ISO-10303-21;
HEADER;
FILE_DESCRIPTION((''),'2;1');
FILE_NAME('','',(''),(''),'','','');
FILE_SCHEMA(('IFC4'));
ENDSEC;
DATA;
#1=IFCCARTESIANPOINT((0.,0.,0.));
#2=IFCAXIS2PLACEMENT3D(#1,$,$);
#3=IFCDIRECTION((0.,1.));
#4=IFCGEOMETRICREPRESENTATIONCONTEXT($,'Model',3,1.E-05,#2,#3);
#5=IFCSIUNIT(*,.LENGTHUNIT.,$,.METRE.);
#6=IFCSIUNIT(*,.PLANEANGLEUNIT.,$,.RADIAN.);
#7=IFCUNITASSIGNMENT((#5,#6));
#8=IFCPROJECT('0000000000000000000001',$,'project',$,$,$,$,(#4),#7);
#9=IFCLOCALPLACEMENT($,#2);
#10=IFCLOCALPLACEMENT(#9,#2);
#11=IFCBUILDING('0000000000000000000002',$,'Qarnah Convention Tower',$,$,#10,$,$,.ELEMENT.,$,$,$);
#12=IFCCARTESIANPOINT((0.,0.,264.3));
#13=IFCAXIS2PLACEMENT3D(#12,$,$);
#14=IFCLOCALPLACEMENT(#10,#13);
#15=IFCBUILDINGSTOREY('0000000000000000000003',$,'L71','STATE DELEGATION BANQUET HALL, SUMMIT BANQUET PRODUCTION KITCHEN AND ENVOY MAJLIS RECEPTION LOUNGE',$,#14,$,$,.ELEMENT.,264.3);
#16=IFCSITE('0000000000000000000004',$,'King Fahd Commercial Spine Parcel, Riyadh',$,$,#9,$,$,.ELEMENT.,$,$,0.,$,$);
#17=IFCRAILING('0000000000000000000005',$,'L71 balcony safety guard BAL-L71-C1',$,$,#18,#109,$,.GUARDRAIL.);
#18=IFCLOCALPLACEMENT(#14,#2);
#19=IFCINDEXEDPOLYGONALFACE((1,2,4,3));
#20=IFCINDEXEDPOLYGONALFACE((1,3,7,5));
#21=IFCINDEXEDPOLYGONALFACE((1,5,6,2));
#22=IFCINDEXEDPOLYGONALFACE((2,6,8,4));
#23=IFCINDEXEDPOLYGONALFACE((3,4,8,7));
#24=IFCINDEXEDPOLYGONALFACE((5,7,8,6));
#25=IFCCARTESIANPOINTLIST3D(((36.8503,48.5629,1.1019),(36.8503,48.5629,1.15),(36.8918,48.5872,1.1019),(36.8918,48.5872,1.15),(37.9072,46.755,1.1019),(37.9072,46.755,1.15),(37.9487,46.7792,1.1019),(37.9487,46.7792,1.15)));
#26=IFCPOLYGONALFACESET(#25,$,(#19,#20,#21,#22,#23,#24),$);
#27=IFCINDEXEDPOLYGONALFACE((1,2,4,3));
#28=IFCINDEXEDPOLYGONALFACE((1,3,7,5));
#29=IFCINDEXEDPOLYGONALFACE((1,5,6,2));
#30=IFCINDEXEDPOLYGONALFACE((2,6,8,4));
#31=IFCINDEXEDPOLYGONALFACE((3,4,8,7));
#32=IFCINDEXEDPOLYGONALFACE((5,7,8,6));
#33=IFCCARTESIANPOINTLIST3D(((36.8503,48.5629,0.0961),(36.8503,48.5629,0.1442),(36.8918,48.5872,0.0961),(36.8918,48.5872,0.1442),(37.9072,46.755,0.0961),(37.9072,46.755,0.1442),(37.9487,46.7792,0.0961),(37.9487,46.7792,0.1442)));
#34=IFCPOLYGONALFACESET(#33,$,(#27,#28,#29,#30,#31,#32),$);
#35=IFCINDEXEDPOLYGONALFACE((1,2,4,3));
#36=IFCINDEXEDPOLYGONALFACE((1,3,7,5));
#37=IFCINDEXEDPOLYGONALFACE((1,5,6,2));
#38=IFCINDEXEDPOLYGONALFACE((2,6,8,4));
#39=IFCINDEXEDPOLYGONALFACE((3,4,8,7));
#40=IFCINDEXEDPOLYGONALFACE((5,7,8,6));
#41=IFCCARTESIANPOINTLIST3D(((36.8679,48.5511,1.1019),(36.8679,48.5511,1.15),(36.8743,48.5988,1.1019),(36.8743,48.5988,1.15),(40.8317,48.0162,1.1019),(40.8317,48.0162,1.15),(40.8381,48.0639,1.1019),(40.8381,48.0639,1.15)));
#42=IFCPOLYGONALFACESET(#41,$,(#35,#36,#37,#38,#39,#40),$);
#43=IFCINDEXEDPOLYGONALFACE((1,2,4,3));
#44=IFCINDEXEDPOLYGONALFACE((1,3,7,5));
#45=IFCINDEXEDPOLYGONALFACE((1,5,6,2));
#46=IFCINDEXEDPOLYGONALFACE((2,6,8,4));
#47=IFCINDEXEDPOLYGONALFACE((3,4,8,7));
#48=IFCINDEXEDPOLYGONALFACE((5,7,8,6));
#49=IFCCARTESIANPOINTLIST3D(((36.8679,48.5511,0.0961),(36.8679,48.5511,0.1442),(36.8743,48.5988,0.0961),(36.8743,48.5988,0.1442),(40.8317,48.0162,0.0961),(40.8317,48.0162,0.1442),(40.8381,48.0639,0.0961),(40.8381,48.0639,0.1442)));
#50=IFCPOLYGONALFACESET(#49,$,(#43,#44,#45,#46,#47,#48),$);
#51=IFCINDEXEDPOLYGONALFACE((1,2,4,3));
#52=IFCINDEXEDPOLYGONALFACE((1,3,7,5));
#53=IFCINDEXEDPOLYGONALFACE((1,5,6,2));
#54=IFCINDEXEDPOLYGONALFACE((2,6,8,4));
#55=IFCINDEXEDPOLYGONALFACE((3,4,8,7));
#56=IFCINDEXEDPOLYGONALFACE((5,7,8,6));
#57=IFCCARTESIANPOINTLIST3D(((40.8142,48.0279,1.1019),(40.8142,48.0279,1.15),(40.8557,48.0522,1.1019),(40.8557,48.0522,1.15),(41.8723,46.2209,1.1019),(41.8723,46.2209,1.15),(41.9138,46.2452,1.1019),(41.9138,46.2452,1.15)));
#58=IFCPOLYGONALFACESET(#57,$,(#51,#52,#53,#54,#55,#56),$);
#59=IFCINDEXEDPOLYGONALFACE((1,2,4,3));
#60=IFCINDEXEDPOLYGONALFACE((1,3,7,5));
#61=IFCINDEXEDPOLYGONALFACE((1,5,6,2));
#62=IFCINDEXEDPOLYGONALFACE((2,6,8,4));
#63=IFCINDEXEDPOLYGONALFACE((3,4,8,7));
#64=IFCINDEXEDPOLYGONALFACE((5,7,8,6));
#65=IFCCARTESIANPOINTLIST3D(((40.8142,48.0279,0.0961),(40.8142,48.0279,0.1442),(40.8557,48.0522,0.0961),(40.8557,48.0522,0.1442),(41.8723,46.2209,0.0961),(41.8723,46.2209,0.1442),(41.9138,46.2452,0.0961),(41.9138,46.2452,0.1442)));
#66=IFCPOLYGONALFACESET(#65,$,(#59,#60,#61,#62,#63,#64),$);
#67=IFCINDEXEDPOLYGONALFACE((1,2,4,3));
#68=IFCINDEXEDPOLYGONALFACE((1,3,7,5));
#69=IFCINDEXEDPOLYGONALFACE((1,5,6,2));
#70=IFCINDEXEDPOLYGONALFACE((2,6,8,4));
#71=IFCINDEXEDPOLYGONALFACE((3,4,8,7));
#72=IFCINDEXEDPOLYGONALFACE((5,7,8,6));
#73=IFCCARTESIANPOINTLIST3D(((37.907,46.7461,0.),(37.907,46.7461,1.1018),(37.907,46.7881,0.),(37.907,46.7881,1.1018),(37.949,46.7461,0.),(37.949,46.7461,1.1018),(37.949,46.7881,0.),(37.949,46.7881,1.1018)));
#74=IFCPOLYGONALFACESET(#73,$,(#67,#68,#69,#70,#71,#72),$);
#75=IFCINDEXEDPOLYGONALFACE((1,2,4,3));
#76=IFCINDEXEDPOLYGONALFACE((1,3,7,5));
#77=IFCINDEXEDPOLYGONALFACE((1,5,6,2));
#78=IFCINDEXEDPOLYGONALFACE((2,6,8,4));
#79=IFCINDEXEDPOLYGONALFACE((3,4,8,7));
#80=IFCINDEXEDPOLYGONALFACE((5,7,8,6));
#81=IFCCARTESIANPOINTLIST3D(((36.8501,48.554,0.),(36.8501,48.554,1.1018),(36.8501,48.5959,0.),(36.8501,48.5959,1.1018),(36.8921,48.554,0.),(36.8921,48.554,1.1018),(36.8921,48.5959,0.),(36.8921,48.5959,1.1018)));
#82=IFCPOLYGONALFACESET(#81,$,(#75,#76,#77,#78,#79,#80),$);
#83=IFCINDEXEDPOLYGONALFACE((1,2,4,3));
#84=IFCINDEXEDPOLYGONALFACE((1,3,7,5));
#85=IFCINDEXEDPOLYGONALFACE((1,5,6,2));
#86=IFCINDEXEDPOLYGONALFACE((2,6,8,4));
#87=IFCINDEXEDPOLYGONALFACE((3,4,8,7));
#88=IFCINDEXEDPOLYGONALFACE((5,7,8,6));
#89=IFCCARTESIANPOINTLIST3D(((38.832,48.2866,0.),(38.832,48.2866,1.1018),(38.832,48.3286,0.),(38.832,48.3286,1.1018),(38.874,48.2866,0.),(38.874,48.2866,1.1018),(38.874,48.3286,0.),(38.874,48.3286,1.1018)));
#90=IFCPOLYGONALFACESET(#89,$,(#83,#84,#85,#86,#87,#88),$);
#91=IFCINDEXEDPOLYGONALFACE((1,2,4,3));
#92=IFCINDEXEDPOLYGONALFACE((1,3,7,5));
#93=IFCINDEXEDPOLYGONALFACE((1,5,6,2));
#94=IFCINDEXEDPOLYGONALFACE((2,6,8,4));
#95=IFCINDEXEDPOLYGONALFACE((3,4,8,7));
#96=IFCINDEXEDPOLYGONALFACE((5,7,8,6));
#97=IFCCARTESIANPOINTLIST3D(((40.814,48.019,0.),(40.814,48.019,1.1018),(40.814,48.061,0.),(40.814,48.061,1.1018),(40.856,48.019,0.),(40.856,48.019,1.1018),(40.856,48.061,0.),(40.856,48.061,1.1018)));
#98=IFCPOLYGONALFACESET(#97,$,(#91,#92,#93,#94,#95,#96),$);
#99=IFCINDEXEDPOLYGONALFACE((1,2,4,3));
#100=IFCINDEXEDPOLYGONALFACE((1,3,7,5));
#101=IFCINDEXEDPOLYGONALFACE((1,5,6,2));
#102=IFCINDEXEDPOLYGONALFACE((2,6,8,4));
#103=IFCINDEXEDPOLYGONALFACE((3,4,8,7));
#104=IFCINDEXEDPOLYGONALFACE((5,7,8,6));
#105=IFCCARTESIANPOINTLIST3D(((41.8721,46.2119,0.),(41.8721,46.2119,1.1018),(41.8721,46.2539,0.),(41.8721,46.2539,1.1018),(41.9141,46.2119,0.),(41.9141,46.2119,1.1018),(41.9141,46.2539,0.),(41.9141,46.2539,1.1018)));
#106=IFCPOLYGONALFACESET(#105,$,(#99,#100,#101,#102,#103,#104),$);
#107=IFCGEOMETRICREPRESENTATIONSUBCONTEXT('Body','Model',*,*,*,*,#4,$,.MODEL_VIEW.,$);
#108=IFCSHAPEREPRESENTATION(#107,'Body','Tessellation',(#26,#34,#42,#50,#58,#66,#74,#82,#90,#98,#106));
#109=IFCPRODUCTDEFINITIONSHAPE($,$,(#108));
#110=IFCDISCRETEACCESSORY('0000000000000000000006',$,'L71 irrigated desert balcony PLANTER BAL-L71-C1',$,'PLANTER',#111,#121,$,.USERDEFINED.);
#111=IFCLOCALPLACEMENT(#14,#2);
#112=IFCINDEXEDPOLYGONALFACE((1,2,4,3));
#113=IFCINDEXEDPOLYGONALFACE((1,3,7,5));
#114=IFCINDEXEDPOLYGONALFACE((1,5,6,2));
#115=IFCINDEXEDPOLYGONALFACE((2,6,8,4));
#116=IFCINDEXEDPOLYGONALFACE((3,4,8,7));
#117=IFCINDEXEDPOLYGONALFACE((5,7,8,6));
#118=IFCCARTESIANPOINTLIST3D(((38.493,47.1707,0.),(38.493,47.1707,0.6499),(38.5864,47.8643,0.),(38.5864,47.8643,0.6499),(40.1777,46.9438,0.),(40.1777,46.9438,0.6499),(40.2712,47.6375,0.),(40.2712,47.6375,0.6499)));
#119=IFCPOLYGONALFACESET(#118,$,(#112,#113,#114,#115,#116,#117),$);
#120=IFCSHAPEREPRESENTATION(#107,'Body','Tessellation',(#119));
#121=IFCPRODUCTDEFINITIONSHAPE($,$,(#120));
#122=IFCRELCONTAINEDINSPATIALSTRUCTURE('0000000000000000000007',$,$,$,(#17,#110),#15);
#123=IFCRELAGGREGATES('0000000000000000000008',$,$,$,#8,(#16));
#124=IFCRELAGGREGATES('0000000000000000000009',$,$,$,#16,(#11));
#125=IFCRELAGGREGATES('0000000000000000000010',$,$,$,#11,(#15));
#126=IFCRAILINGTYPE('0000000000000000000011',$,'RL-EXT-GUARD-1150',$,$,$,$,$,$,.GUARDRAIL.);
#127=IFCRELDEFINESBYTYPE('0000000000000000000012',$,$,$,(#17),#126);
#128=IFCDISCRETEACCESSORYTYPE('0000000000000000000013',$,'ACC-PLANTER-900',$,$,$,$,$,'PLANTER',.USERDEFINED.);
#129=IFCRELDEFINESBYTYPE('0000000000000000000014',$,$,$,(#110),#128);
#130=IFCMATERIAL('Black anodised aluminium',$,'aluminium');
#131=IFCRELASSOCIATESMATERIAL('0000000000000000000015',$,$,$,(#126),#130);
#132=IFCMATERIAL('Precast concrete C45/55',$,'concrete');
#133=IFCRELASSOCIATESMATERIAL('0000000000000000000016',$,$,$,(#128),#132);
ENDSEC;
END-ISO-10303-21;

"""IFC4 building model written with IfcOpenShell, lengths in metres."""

from ifc_helpers import new_model, si_unit, direction, frame, origin, origin_2d, place, context, subcontext, project, spatial, rectangle, extrude, material, type_object, element, save


model = new_model("IFC4")

# Units and contexts
model_context = context("Model", 3, precision=1e-05, world=origin(), true_north=direction((0.0, 1.0)))
body_context = subcontext(model_context, "Body", "Model", "MODEL_VIEW")
ifc_project = project(units=[si_unit("LENGTHUNIT", "METRE"), si_unit("PLANEANGLEUNIT", "RADIAN")], contexts=[model_context])

# Site, building, storey
site_placement = place(None, origin())
site = spatial("IfcSite", under=ifc_project, at=site_placement, Name="King Fahd Commercial Spine Parcel, Riyadh", CompositionType="ELEMENT", RefElevation=0.0)
building_placement = place(site_placement, origin())
building = spatial("IfcBuilding", under=site, at=building_placement, Name="Qarnah Convention Tower", CompositionType="ELEMENT")
storey_placement = place(building_placement, frame((0.0, 0.0, 264.3)))
storey = spatial("IfcBuildingStorey", under=building, at=storey_placement, Name="L71", Description="STATE DELEGATION BANQUET HALL, SUMMIT BANQUET PRODUCTION KITCHEN AND ENVOY MAJLIS RECEPTION LOUNGE", CompositionType="ELEMENT", Elevation=264.3)

# Shared definitions
ifc_material_1 = material(Name="Black anodised aluminium", Category="aluminium")

# Shared definitions
ifc_material_2 = material(Name="Precast concrete C45/55", Category="concrete")

# Railing
railing_type = type_object("IfcRailingType", Name="RL-EXT-GUARD-1150", PredefinedType="GUARDRAIL", material=ifc_material_1)
railing_1_placement = place(storey_placement, frame((37.928, 46.7671, 0.0)))
element("IfcRailing", 1, at=railing_1_placement, inside=storey, type_object=railing_type, Name="L71 balcony safety guard BAL-L71-C1", PredefinedType="GUARDRAIL", context=body_context, shape_type="SweptSolid", body=[
    extrude(rectangle(XDim=0.0481, YDim=0.0481, at=origin_2d()), frame((0.0, 0.0, 1.126), z_axis=(-0.50469, 0.863301, 0.0), x_axis=(-0.863301, -0.50469, 0.0)), (0.0, 0.0, 1.0), 2.0942),
    extrude(rectangle(XDim=0.0481, YDim=0.0481, at=origin_2d()), frame((0.0, 0.0, 0.1201), z_axis=(-0.50469, 0.863301, 0.0), x_axis=(-0.863301, -0.50469, 0.0)), (0.0, 0.0, 1.0), 2.0942),
    extrude(rectangle(XDim=0.0481, YDim=0.0481, at=origin_2d()), frame((-1.0569, 1.8079, 1.126), z_axis=(0.991017, -0.133735, 0.0), x_axis=(0.133735, 0.991017, 0.0)), (0.0, 0.0, 1.0), 3.9998),
    extrude(rectangle(XDim=0.0481, YDim=0.0481, at=origin_2d()), frame((-1.0569, 1.8079, 0.1201), z_axis=(0.991017, -0.133735, 0.0), x_axis=(0.133735, 0.991017, 0.0)), (0.0, 0.0, 1.0), 3.9998),
    extrude(rectangle(XDim=0.0481, YDim=0.0481, at=origin_2d()), frame((2.907, 1.2729, 1.126), z_axis=(0.505277, -0.862957, 0.0), x_axis=(0.862957, 0.505277, 0.0)), (0.0, 0.0, 1.0), 2.094),
    extrude(rectangle(XDim=0.0481, YDim=0.0481, at=origin_2d()), frame((2.907, 1.2729, 0.1201), z_axis=(0.505277, -0.862957, 0.0), x_axis=(0.862957, 0.505277, 0.0)), (0.0, 0.0, 1.0), 2.094),
    extrude(rectangle(XDim=0.042, YDim=0.042, at=origin_2d()), origin(), (0.0, 0.0, 1.0), 1.1018),
    extrude(rectangle(XDim=0.042, YDim=0.042, at=origin_2d()), frame((-1.0569, 1.8079, 0.0)), (0.0, 0.0, 1.0), 1.1018),
    extrude(rectangle(XDim=0.042, YDim=0.042, at=origin_2d()), frame((0.925, 1.5405, 0.0)), (0.0, 0.0, 1.0), 1.1018),
    extrude(rectangle(XDim=0.042, YDim=0.042, at=origin_2d()), frame((2.907, 1.2729, 0.0)), (0.0, 0.0, 1.0), 1.1018),
    extrude(rectangle(XDim=0.042, YDim=0.042, at=origin_2d()), frame((3.9651, -0.5342, 0.0)), (0.0, 0.0, 1.0), 1.1018),
])

# Discrete accessory
discrete_accessory_type = type_object("IfcDiscreteAccessoryType", Name="ACC-PLANTER-900", ElementType="PLANTER", PredefinedType="USERDEFINED", material=ifc_material_2)
discrete_accessory_placement = place(storey_placement, frame((39.3821, 47.4041, 0.0), z_axis=(0.0, 0.0, 1.0), x_axis=(-0.991053, 0.133467, 0.0)))
element("IfcDiscreteAccessory", 2, at=discrete_accessory_placement, inside=storey, type_object=discrete_accessory_type, Name="L71 irrigated desert balcony PLANTER BAL-L71-C1", ObjectType="PLANTER", PredefinedType="USERDEFINED", context=body_context, shape_type="SweptSolid", body=[
    extrude(rectangle(XDim=1.7, YDim=0.7, at=origin_2d()), origin(), (0.0, 0.0, 1.0), 0.6499),
])

save(model, "model.ifc")
